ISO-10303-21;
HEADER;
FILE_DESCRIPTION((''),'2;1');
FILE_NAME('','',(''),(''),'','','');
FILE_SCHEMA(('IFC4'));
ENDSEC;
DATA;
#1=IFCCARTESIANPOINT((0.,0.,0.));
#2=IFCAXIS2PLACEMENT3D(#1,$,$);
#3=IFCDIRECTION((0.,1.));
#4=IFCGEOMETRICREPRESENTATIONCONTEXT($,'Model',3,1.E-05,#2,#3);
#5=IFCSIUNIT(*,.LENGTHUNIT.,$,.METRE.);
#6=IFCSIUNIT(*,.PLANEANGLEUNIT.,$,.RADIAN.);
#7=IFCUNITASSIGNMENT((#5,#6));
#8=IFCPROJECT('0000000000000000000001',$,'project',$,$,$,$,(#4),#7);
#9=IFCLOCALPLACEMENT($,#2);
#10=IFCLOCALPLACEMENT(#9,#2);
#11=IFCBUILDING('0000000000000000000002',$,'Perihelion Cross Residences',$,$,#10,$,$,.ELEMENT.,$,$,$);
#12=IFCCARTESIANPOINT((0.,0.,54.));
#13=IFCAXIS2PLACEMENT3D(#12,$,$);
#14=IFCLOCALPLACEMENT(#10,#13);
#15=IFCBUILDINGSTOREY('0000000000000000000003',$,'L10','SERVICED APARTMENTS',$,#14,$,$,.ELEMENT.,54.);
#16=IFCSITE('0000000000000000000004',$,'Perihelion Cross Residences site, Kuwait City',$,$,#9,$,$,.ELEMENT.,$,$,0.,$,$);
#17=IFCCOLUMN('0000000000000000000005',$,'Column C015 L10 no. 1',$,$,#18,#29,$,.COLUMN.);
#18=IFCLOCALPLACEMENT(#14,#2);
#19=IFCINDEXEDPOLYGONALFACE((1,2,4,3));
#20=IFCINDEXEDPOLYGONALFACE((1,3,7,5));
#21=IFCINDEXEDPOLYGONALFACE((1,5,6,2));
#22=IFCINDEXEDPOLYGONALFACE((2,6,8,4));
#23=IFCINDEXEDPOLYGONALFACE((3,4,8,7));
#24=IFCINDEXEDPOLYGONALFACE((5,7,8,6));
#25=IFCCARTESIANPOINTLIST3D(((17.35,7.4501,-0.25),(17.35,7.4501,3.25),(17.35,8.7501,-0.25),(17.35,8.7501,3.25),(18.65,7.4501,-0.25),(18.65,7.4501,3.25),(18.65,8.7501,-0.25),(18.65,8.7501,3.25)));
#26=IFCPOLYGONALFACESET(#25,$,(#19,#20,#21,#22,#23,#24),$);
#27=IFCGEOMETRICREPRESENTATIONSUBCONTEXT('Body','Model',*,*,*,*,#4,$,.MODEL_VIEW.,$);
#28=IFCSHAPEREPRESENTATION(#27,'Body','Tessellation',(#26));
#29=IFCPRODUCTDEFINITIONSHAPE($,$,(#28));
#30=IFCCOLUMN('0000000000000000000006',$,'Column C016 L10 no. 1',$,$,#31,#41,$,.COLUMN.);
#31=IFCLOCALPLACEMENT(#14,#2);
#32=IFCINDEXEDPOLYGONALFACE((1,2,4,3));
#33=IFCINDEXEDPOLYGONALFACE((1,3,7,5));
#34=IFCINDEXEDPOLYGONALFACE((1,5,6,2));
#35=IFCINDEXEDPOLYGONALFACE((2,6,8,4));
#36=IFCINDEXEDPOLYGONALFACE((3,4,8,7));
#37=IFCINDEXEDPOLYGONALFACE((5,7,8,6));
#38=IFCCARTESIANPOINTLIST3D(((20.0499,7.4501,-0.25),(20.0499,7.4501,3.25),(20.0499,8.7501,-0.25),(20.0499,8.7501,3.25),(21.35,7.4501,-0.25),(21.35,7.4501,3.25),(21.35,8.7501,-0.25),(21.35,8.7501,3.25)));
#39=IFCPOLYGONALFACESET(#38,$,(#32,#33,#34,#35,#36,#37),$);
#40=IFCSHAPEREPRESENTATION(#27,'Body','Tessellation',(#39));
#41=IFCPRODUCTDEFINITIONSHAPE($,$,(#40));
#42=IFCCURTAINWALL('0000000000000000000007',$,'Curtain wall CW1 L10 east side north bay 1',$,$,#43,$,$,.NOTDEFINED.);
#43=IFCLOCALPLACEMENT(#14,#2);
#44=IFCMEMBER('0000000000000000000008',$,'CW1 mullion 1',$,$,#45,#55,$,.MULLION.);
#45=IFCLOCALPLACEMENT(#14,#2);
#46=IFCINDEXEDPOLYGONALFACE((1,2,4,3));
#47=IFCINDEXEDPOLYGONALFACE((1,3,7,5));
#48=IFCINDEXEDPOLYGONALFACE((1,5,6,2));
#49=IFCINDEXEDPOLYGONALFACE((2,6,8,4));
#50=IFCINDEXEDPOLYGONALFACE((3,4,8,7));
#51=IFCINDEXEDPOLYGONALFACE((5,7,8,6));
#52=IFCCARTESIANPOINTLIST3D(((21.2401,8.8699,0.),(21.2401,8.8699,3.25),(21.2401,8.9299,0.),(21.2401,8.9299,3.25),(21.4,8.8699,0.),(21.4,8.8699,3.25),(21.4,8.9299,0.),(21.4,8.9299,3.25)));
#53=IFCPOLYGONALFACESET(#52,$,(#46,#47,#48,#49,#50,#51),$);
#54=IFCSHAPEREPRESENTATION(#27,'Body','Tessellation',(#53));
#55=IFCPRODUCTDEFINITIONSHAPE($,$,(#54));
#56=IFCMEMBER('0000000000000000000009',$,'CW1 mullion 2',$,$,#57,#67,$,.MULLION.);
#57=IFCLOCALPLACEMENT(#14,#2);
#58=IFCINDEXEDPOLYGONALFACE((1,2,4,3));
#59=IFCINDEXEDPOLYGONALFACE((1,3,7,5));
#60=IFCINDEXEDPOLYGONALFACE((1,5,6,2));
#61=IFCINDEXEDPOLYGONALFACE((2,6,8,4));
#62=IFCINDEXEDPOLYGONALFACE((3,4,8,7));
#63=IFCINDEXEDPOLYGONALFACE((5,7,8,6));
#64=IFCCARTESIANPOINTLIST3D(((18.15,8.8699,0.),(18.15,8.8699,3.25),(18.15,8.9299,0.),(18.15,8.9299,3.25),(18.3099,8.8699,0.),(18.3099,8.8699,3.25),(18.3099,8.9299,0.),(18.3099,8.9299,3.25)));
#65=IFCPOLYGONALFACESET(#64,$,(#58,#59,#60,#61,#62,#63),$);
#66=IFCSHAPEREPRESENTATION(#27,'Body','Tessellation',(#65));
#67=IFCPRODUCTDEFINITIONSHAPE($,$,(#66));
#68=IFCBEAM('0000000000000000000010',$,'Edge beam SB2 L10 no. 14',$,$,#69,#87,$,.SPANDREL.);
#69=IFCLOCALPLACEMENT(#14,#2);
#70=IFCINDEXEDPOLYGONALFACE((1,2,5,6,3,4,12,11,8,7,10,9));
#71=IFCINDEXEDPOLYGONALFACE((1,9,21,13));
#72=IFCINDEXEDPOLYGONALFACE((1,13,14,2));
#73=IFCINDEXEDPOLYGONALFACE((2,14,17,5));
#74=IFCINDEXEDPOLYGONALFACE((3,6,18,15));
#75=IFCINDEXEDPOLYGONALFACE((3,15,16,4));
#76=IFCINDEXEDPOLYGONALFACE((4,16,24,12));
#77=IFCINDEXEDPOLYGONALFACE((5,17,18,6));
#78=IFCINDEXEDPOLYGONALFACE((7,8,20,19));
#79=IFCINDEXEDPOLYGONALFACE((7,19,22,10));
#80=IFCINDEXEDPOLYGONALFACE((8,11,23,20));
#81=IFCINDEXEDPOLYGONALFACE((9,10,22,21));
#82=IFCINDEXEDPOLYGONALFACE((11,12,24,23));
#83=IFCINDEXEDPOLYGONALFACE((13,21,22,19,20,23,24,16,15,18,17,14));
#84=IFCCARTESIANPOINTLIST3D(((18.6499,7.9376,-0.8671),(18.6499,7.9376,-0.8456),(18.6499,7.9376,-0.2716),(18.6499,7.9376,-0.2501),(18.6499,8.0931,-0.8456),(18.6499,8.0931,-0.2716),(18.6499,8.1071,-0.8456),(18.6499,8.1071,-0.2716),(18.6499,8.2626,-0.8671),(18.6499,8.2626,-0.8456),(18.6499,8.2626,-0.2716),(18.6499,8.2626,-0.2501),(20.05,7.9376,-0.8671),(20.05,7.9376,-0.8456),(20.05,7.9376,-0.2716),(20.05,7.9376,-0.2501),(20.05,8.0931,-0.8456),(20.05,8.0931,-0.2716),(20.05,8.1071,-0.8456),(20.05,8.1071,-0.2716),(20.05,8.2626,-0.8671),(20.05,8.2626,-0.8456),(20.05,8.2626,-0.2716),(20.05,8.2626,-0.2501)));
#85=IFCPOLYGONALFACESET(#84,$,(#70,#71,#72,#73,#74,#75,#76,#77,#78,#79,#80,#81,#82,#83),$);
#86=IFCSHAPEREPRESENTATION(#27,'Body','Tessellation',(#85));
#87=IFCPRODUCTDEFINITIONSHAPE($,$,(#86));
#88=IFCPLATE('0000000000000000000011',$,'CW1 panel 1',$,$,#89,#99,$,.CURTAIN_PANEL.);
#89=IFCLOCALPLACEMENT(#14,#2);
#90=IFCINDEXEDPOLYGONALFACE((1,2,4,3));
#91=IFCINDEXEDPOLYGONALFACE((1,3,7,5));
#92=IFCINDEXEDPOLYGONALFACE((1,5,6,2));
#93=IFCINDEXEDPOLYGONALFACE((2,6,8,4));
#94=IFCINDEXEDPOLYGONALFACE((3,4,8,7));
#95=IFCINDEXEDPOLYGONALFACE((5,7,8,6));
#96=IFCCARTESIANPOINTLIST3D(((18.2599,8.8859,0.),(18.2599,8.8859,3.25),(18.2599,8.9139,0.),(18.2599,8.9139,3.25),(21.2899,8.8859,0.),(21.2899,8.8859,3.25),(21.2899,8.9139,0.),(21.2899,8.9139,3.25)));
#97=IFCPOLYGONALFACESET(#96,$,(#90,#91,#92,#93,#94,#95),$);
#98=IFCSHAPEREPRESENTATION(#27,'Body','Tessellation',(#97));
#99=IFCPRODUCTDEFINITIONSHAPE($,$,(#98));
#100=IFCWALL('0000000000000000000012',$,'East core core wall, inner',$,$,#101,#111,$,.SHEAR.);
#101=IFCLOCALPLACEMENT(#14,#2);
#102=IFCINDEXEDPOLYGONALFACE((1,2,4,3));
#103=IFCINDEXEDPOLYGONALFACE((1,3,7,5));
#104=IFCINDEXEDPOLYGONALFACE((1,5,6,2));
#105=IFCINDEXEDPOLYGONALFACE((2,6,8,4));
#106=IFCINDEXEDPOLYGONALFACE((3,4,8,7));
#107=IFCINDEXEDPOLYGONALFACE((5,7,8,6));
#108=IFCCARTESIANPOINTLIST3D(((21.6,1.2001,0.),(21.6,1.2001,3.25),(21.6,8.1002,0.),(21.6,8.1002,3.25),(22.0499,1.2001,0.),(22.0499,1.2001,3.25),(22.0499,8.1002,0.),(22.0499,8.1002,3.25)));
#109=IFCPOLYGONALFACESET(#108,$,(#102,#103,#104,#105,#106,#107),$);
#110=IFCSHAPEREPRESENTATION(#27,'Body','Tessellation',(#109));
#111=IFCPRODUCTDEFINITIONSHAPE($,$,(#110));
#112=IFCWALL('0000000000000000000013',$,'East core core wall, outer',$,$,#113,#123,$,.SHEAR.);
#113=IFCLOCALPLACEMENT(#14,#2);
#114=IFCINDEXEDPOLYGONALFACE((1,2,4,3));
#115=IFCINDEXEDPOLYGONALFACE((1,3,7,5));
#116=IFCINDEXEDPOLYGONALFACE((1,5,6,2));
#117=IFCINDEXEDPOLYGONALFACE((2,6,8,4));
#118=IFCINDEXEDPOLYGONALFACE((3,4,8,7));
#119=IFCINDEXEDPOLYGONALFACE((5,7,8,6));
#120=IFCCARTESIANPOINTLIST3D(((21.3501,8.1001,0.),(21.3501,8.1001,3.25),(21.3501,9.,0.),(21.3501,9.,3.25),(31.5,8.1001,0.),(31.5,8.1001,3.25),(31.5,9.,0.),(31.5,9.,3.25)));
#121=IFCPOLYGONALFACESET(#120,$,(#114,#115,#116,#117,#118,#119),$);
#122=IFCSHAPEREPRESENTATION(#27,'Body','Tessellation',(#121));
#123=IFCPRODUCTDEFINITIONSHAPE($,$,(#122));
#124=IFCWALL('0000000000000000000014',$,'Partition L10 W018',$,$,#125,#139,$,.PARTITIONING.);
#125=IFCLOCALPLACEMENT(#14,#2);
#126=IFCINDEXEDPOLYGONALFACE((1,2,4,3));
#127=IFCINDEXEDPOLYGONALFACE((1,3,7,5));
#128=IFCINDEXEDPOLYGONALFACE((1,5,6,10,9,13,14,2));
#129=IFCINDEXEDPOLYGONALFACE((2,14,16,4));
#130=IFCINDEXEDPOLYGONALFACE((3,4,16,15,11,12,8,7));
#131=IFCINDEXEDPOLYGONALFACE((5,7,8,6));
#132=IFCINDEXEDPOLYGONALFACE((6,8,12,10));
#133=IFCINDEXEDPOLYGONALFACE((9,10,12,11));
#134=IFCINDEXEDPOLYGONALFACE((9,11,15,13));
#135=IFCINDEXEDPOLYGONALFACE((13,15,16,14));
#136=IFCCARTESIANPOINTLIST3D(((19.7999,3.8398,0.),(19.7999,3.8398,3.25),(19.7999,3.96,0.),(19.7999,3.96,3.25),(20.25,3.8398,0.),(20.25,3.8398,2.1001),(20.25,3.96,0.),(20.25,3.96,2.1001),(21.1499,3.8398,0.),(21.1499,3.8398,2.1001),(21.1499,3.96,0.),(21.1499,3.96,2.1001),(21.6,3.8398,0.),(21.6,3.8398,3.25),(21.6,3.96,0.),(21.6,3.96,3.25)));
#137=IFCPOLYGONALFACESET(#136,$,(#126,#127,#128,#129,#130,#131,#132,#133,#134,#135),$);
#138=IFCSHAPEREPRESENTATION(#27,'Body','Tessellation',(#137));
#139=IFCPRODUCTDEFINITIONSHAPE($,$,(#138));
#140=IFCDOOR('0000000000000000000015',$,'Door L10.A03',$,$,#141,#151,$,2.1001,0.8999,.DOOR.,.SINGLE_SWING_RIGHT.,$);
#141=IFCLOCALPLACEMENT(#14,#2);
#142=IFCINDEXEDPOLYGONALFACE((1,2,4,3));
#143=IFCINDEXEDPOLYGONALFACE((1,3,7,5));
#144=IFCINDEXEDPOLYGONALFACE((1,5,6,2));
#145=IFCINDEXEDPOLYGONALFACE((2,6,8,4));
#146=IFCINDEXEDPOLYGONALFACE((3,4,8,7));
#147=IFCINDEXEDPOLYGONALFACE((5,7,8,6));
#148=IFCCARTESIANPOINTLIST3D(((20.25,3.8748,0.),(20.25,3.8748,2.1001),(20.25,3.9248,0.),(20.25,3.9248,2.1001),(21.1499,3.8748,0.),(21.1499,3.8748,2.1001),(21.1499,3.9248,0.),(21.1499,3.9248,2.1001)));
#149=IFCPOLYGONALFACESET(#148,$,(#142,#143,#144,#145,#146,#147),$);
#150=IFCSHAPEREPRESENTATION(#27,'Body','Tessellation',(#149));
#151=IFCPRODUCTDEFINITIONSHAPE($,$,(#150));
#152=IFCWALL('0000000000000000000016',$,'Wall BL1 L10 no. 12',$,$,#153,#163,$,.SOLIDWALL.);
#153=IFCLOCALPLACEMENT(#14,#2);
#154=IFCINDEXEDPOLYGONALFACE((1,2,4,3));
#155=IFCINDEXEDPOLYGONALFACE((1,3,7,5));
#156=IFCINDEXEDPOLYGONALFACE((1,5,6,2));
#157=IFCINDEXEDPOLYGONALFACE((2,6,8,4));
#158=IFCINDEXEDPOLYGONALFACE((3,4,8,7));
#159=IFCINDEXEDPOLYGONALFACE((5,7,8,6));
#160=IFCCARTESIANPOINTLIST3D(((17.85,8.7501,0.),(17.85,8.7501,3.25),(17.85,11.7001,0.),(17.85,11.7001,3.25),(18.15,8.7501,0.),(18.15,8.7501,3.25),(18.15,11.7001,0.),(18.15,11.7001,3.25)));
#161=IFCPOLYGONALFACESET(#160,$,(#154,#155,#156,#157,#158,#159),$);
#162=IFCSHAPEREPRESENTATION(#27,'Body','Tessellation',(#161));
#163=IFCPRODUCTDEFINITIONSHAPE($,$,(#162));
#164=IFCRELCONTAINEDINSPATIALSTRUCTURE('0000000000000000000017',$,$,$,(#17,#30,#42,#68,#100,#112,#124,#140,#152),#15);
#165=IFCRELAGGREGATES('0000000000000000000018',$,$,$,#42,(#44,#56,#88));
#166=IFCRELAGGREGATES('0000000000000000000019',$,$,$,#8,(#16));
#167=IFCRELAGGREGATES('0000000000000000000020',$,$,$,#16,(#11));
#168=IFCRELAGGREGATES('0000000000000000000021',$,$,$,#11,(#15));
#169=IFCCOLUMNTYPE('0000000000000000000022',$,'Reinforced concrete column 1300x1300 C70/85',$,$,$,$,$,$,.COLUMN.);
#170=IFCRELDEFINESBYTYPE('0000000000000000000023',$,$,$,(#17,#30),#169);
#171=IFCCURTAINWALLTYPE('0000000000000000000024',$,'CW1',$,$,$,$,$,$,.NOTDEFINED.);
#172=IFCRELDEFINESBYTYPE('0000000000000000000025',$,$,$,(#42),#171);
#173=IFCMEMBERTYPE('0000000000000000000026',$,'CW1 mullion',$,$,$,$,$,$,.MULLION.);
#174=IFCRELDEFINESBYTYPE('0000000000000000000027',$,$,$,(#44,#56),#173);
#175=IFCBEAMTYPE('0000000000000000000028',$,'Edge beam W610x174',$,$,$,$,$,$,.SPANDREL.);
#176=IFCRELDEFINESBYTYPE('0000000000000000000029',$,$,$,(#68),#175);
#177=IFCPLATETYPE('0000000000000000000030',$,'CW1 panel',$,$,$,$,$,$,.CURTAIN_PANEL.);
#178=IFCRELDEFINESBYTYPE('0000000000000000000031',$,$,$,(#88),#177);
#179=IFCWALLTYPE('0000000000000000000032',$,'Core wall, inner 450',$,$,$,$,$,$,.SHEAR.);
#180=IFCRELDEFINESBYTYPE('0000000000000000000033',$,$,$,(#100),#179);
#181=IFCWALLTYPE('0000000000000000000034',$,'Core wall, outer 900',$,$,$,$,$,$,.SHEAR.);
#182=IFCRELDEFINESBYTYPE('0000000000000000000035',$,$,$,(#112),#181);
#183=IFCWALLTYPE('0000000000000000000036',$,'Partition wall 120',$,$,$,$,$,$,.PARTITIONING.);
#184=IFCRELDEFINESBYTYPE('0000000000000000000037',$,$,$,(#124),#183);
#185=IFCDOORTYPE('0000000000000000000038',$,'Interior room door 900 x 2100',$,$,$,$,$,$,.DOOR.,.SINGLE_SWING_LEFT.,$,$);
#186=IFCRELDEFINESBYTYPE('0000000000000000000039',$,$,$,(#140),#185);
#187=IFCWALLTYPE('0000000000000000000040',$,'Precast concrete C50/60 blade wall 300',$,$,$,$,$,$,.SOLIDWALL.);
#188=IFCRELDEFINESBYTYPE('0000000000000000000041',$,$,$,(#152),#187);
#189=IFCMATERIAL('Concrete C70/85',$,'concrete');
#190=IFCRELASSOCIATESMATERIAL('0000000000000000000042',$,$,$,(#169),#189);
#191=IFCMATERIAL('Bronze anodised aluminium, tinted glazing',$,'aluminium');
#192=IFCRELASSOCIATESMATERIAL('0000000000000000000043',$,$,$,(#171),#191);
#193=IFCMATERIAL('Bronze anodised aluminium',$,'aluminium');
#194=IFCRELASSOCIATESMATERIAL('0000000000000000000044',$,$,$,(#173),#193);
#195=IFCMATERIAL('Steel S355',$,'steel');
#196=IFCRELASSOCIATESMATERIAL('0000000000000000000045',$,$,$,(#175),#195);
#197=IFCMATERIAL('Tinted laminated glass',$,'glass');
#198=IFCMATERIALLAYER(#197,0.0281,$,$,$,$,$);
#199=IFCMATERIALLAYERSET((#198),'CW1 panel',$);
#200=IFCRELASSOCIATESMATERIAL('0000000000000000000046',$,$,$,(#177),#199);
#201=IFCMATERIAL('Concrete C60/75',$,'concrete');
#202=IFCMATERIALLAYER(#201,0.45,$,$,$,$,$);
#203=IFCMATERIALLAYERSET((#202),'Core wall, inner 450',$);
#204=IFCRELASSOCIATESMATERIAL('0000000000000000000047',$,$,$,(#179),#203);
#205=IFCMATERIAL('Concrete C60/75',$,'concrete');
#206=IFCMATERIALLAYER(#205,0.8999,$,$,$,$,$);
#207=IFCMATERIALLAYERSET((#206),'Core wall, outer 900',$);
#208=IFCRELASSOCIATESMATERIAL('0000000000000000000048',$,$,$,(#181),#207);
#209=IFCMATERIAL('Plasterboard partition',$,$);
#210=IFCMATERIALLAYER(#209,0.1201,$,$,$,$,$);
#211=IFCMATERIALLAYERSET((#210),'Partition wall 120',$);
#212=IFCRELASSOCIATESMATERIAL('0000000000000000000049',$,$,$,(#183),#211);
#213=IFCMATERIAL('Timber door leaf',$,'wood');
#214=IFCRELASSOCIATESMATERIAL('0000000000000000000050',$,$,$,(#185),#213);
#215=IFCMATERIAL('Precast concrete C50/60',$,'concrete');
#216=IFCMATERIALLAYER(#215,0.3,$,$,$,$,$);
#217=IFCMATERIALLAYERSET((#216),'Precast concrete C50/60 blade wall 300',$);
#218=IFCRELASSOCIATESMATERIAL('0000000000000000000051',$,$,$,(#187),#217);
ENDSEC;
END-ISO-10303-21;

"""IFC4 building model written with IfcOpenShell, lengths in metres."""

from ifc_helpers import new_model, si_unit, direction, frame, frame_2d, origin, origin_2d, place, context, subcontext, project, spatial, rectangle, i_section, extrude, material, layer, layer_set, material_profile, profile_set, type_object, element, fill, aggregate, save


model = new_model("IFC4")

# Units and contexts
model_context = context("Model", 3, precision=1e-05, world=origin(), true_north=direction((0.0, 1.0)))
body_context = subcontext(model_context, "Body", "Model", "MODEL_VIEW")
ifc_project = project(units=[si_unit("LENGTHUNIT", "METRE"), si_unit("PLANEANGLEUNIT", "RADIAN")], contexts=[model_context])

# Site, building, storey
site_placement = place(None, origin())
site = spatial("IfcSite", under=ifc_project, at=site_placement, Name="Perihelion Cross Residences site, Kuwait City", CompositionType="ELEMENT", RefElevation=0.0)
building_placement = place(site_placement, origin())
building = spatial("IfcBuilding", under=site, at=building_placement, Name="Perihelion Cross Residences", CompositionType="ELEMENT")
storey_placement = place(building_placement, frame((0.0, 0.0, 54.0)))
storey = spatial("IfcBuildingStorey", under=building, at=storey_placement, Name="L10", Description="SERVICED APARTMENTS", CompositionType="ELEMENT", Elevation=54.0)

# Columns
ifc_material_1 = material(Name="Concrete C70/85", Category="concrete")
ifc_material_profile_1 = material_profile(ifc_material_1, rectangle(XDim=1.3, YDim=1.3, at=origin_2d()), Name="RC 1300x1300")
ifc_profile_set_1 = profile_set([ifc_material_profile_1], Name="Concrete C70/85")
column_type = type_object("IfcColumnType", Name="Reinforced concrete column 1300x1300 C70/85", PredefinedType="COLUMN", material=ifc_profile_set_1)
for number, where, z_axis, x_axis, name in (
    (1, (18.0, 8.1001, -0.25), (0.0, 0.0, 1.0), (1.0, 0.0, 0.0), "Column C015 L10 no. 1"),
    (2, (20.7, 8.1001, -0.25), (0.0, 0.0, 1.0), (1.0, 0.0, 0.0), "Column C016 L10 no. 1"),
):
    element("IfcColumn", number, at=place(storey_placement, frame(where, z_axis=z_axis, x_axis=x_axis)), inside=storey, type_object=column_type, Name=name, PredefinedType="COLUMN", context=body_context, shape_type="SweptSolid", body=[
        extrude(rectangle(XDim=1.3, YDim=1.3, at=origin_2d()), origin(), (0.0, 0.0, 1.0), 3.5),
    ])

# Curtain wall, members
ifc_material_2 = material(Name="Bronze anodised aluminium, tinted glazing", Category="aluminium")
curtain_wall_type = type_object("IfcCurtainWallType", Name="CW1", PredefinedType="NOTDEFINED", material=ifc_material_2)
curtain_wall_placement = place(storey_placement, origin())
curtain_wall = element("IfcCurtainWall", 3, at=curtain_wall_placement, inside=storey, type_object=curtain_wall_type, Name="Curtain wall CW1 L10 east side north bay 1", PredefinedType="NOTDEFINED")
ifc_material_3 = material(Name="Bronze anodised aluminium", Category="aluminium")
ifc_material_profile_2 = material_profile(ifc_material_3, rectangle(XDim=0.0601, YDim=0.1599, at=origin_2d()), Name="CW1 mullion")
ifc_profile_set_2 = profile_set([ifc_material_profile_2], Name="Bronze anodised aluminium")
member_type = type_object("IfcMemberType", Name="CW1 mullion", PredefinedType="MULLION", material=ifc_profile_set_2)
member_1_placement = place(storey_placement, frame((21.3201, 8.8999, 0.0), z_axis=(0.0, 0.0, 1.0), x_axis=(0.0, -1.0, 0.0)))
member_1 = element("IfcMember", 4, at=member_1_placement, type_object=member_type, Name="CW1 mullion 1", PredefinedType="MULLION", context=body_context, shape_type="SweptSolid", body=[
    extrude(rectangle(XDim=0.0601, YDim=0.1599, at=origin_2d()), origin(), (0.0, 0.0, 1.0), 3.25),
])
member_2_placement = place(storey_placement, frame((18.23, 8.8999, 0.0), z_axis=(0.0, 0.0, 1.0), x_axis=(0.0, -1.0, 0.0)))
member_2 = element("IfcMember", 5, at=member_2_placement, type_object=member_type, Name="CW1 mullion 2", PredefinedType="MULLION", context=body_context, shape_type="SweptSolid", body=[
    extrude(rectangle(XDim=0.0601, YDim=0.1599, at=origin_2d()), origin(), (0.0, 0.0, 1.0), 3.25),
])

# Beam
ifc_material_4 = material(Name="Steel S355", Category="steel")
ifc_material_profile_3 = material_profile(ifc_material_4, i_section(OverallWidth=0.325, OverallDepth=0.6169, WebThickness=0.0139, FlangeThickness=0.0215, at=origin_2d()), Name="W610x174")
ifc_profile_set_3 = profile_set([ifc_material_profile_3], Name="Steel S355")
beam_type = type_object("IfcBeamType", Name="Edge beam W610x174", PredefinedType="SPANDREL", material=ifc_profile_set_3)
beam_placement = place(storey_placement, frame((20.05, 8.1001, -0.5586), z_axis=(-1.0, 0.0, 0.0), x_axis=(0.0, -1.0, 0.0)))
element("IfcBeam", 6, at=beam_placement, inside=storey, type_object=beam_type, Name="Edge beam SB2 L10 no. 14", PredefinedType="SPANDREL", context=body_context, shape_type="SweptSolid", body=[
    extrude(i_section(OverallWidth=0.325, OverallDepth=0.6169, WebThickness=0.0139, FlangeThickness=0.0215, at=origin_2d()), origin(), (0.0, 0.0, 1.0), 1.4001),
])

# Plate
ifc_material_5 = material(Name="Tinted laminated glass", Category="glass")
ifc_layer_1 = layer(ifc_material_5, 0.0281)
ifc_layer_set_1 = layer_set([ifc_layer_1], Name="CW1 panel")
plate_type = type_object("IfcPlateType", Name="CW1 panel", PredefinedType="CURTAIN_PANEL", material=ifc_layer_set_1)
plate_placement = place(storey_placement, frame((19.7749, 8.8999, 0.0), z_axis=(0.0, 0.0, 1.0), x_axis=(-1.0, 0.0, 0.0)))
plate = element("IfcPlate", 7, at=plate_placement, type_object=plate_type, Name="CW1 panel 1", PredefinedType="CURTAIN_PANEL", context=body_context, shape_type="SweptSolid", body=[
    extrude(rectangle(XDim=3.03, YDim=0.0281, at=origin_2d()), origin(), (0.0, 0.0, 1.0), 3.25),
])
aggregate(curtain_wall, [member_1, member_2, plate])

# Walls
ifc_material_6 = material(Name="Concrete C60/75", Category="concrete")
ifc_layer_2 = layer(ifc_material_6, 0.45)
ifc_layer_set_2 = layer_set([ifc_layer_2], Name="Core wall, inner 450")
wall_type_1 = type_object("IfcWallType", Name="Core wall, inner 450", PredefinedType="SHEAR", material=ifc_layer_set_2)
wall_1_placement = place(storey_placement, frame((21.825, 1.2, 0.0), z_axis=(0.0, 0.0, 1.0), x_axis=(0.0, 1.0, 0.0)))
element("IfcWall", 8, at=wall_1_placement, inside=storey, type_object=wall_type_1, Name="East core core wall, inner", PredefinedType="SHEAR", context=body_context, shape_type="SweptSolid", body=[
    extrude(rectangle(XDim=6.9001, YDim=0.45, at=frame_2d((3.4502, 0.0))), origin(), (0.0, 0.0, 1.0), 3.25),
])
ifc_material_7 = material(Name="Concrete C60/75", Category="concrete")
ifc_layer_3 = layer(ifc_material_7, 0.8999)
ifc_layer_set_3 = layer_set([ifc_layer_3], Name="Core wall, outer 900")
wall_type_2 = type_object("IfcWallType", Name="Core wall, outer 900", PredefinedType="SHEAR", material=ifc_layer_set_3)
wall_2_placement = place(storey_placement, frame((21.3501, 8.55, 0.0), z_axis=(0.0, 0.0, 1.0), x_axis=(1.0, 0.0, 0.0)))
element("IfcWall", 9, at=wall_2_placement, inside=storey, type_object=wall_type_2, Name="East core core wall, outer", PredefinedType="SHEAR", context=body_context, shape_type="SweptSolid", body=[
    extrude(rectangle(XDim=10.1499, YDim=0.8999, at=frame_2d((5.075, 0.0))), origin(), (0.0, 0.0, 1.0), 3.25),
])

# Wall, opening, door
ifc_material_8 = material(Name="Plasterboard partition")
ifc_layer_4 = layer(ifc_material_8, 0.1201)
ifc_layer_set_4 = layer_set([ifc_layer_4], Name="Partition wall 120")
wall_type_3 = type_object("IfcWallType", Name="Partition wall 120", PredefinedType="PARTITIONING", material=ifc_layer_set_4)
wall_3_placement = place(storey_placement, frame((19.8, 3.8999, 0.0), z_axis=(0.0, 0.0, 1.0), x_axis=(1.0, 0.0, 0.0)))
wall_3 = element("IfcWall", 10, at=wall_3_placement, inside=storey, type_object=wall_type_3, Name="Partition L10 W018", PredefinedType="PARTITIONING", context=body_context, shape_type="SweptSolid", body=[
    extrude(rectangle(XDim=1.8, YDim=0.1201, at=frame_2d((0.8999, 0.0))), origin(), (0.0, 0.0, 1.0), 3.25),
])
opening_1_placement = place(wall_3_placement, frame((0.45, 0.0, 0.0)))
opening_1 = element("IfcOpeningElement", 11, at=opening_1_placement, cuts=wall_3, PredefinedType="OPENING", context=body_context, shape_type="SweptSolid", body=[
    extrude(rectangle(XDim=0.8999, YDim=2.1001, at=frame_2d((0.45, 1.05))), frame((0.0, 0.0701, 0.0), z_axis=(0.0, -1.0, 0.0), x_axis=(1.0, 0.0, 0.0)), (0.0, 0.0, 1.0), 0.1401),
])
ifc_material_9 = material(Name="Timber door leaf", Category="wood")
door_type_1 = type_object("IfcDoorType", Name="Interior room door 900 x 2100", OperationType="SINGLE_SWING_LEFT", PredefinedType="DOOR", material=ifc_material_9)
door_1_placement = place(opening_1_placement, origin())
door_1 = element("IfcDoor", 12, at=door_1_placement, inside=storey, type_object=door_type_1, Name="Door L10.A03", OperationType="SINGLE_SWING_RIGHT", OverallHeight=2.1001, OverallWidth=0.8999, PredefinedType="DOOR", context=body_context, shape_type="SweptSolid", body=[
    extrude(rectangle(XDim=0.8999, YDim=2.1001, at=frame_2d((0.45, 1.05))), frame((0.0, 0.0249, 0.0), z_axis=(0.0, -1.0, 0.0), x_axis=(1.0, 0.0, 0.0)), (0.0, 0.0, 1.0), 0.05),
])
fill(opening_1, door_1)

# Wall
ifc_material_10 = material(Name="Precast concrete C50/60", Category="concrete")
ifc_layer_5 = layer(ifc_material_10, 0.3)
ifc_layer_set_5 = layer_set([ifc_layer_5], Name="Precast concrete C50/60 blade wall 300")
wall_type_4 = type_object("IfcWallType", Name="Precast concrete C50/60 blade wall 300", PredefinedType="SOLIDWALL", material=ifc_layer_set_5)
wall_4_placement = place(storey_placement, frame((18.0, 8.75, 0.0), z_axis=(0.0, 0.0, 1.0), x_axis=(0.0, 1.0, 0.0)))
element("IfcWall", 13, at=wall_4_placement, inside=storey, type_object=wall_type_4, Name="Wall BL1 L10 no. 12", PredefinedType="SOLIDWALL", context=body_context, shape_type="SweptSolid", body=[
    extrude(rectangle(XDim=2.95, YDim=0.3, at=frame_2d((1.4751, 0.0))), origin(), (0.0, 0.0, 1.0), 3.25),
])

save(model, "model.ifc")
